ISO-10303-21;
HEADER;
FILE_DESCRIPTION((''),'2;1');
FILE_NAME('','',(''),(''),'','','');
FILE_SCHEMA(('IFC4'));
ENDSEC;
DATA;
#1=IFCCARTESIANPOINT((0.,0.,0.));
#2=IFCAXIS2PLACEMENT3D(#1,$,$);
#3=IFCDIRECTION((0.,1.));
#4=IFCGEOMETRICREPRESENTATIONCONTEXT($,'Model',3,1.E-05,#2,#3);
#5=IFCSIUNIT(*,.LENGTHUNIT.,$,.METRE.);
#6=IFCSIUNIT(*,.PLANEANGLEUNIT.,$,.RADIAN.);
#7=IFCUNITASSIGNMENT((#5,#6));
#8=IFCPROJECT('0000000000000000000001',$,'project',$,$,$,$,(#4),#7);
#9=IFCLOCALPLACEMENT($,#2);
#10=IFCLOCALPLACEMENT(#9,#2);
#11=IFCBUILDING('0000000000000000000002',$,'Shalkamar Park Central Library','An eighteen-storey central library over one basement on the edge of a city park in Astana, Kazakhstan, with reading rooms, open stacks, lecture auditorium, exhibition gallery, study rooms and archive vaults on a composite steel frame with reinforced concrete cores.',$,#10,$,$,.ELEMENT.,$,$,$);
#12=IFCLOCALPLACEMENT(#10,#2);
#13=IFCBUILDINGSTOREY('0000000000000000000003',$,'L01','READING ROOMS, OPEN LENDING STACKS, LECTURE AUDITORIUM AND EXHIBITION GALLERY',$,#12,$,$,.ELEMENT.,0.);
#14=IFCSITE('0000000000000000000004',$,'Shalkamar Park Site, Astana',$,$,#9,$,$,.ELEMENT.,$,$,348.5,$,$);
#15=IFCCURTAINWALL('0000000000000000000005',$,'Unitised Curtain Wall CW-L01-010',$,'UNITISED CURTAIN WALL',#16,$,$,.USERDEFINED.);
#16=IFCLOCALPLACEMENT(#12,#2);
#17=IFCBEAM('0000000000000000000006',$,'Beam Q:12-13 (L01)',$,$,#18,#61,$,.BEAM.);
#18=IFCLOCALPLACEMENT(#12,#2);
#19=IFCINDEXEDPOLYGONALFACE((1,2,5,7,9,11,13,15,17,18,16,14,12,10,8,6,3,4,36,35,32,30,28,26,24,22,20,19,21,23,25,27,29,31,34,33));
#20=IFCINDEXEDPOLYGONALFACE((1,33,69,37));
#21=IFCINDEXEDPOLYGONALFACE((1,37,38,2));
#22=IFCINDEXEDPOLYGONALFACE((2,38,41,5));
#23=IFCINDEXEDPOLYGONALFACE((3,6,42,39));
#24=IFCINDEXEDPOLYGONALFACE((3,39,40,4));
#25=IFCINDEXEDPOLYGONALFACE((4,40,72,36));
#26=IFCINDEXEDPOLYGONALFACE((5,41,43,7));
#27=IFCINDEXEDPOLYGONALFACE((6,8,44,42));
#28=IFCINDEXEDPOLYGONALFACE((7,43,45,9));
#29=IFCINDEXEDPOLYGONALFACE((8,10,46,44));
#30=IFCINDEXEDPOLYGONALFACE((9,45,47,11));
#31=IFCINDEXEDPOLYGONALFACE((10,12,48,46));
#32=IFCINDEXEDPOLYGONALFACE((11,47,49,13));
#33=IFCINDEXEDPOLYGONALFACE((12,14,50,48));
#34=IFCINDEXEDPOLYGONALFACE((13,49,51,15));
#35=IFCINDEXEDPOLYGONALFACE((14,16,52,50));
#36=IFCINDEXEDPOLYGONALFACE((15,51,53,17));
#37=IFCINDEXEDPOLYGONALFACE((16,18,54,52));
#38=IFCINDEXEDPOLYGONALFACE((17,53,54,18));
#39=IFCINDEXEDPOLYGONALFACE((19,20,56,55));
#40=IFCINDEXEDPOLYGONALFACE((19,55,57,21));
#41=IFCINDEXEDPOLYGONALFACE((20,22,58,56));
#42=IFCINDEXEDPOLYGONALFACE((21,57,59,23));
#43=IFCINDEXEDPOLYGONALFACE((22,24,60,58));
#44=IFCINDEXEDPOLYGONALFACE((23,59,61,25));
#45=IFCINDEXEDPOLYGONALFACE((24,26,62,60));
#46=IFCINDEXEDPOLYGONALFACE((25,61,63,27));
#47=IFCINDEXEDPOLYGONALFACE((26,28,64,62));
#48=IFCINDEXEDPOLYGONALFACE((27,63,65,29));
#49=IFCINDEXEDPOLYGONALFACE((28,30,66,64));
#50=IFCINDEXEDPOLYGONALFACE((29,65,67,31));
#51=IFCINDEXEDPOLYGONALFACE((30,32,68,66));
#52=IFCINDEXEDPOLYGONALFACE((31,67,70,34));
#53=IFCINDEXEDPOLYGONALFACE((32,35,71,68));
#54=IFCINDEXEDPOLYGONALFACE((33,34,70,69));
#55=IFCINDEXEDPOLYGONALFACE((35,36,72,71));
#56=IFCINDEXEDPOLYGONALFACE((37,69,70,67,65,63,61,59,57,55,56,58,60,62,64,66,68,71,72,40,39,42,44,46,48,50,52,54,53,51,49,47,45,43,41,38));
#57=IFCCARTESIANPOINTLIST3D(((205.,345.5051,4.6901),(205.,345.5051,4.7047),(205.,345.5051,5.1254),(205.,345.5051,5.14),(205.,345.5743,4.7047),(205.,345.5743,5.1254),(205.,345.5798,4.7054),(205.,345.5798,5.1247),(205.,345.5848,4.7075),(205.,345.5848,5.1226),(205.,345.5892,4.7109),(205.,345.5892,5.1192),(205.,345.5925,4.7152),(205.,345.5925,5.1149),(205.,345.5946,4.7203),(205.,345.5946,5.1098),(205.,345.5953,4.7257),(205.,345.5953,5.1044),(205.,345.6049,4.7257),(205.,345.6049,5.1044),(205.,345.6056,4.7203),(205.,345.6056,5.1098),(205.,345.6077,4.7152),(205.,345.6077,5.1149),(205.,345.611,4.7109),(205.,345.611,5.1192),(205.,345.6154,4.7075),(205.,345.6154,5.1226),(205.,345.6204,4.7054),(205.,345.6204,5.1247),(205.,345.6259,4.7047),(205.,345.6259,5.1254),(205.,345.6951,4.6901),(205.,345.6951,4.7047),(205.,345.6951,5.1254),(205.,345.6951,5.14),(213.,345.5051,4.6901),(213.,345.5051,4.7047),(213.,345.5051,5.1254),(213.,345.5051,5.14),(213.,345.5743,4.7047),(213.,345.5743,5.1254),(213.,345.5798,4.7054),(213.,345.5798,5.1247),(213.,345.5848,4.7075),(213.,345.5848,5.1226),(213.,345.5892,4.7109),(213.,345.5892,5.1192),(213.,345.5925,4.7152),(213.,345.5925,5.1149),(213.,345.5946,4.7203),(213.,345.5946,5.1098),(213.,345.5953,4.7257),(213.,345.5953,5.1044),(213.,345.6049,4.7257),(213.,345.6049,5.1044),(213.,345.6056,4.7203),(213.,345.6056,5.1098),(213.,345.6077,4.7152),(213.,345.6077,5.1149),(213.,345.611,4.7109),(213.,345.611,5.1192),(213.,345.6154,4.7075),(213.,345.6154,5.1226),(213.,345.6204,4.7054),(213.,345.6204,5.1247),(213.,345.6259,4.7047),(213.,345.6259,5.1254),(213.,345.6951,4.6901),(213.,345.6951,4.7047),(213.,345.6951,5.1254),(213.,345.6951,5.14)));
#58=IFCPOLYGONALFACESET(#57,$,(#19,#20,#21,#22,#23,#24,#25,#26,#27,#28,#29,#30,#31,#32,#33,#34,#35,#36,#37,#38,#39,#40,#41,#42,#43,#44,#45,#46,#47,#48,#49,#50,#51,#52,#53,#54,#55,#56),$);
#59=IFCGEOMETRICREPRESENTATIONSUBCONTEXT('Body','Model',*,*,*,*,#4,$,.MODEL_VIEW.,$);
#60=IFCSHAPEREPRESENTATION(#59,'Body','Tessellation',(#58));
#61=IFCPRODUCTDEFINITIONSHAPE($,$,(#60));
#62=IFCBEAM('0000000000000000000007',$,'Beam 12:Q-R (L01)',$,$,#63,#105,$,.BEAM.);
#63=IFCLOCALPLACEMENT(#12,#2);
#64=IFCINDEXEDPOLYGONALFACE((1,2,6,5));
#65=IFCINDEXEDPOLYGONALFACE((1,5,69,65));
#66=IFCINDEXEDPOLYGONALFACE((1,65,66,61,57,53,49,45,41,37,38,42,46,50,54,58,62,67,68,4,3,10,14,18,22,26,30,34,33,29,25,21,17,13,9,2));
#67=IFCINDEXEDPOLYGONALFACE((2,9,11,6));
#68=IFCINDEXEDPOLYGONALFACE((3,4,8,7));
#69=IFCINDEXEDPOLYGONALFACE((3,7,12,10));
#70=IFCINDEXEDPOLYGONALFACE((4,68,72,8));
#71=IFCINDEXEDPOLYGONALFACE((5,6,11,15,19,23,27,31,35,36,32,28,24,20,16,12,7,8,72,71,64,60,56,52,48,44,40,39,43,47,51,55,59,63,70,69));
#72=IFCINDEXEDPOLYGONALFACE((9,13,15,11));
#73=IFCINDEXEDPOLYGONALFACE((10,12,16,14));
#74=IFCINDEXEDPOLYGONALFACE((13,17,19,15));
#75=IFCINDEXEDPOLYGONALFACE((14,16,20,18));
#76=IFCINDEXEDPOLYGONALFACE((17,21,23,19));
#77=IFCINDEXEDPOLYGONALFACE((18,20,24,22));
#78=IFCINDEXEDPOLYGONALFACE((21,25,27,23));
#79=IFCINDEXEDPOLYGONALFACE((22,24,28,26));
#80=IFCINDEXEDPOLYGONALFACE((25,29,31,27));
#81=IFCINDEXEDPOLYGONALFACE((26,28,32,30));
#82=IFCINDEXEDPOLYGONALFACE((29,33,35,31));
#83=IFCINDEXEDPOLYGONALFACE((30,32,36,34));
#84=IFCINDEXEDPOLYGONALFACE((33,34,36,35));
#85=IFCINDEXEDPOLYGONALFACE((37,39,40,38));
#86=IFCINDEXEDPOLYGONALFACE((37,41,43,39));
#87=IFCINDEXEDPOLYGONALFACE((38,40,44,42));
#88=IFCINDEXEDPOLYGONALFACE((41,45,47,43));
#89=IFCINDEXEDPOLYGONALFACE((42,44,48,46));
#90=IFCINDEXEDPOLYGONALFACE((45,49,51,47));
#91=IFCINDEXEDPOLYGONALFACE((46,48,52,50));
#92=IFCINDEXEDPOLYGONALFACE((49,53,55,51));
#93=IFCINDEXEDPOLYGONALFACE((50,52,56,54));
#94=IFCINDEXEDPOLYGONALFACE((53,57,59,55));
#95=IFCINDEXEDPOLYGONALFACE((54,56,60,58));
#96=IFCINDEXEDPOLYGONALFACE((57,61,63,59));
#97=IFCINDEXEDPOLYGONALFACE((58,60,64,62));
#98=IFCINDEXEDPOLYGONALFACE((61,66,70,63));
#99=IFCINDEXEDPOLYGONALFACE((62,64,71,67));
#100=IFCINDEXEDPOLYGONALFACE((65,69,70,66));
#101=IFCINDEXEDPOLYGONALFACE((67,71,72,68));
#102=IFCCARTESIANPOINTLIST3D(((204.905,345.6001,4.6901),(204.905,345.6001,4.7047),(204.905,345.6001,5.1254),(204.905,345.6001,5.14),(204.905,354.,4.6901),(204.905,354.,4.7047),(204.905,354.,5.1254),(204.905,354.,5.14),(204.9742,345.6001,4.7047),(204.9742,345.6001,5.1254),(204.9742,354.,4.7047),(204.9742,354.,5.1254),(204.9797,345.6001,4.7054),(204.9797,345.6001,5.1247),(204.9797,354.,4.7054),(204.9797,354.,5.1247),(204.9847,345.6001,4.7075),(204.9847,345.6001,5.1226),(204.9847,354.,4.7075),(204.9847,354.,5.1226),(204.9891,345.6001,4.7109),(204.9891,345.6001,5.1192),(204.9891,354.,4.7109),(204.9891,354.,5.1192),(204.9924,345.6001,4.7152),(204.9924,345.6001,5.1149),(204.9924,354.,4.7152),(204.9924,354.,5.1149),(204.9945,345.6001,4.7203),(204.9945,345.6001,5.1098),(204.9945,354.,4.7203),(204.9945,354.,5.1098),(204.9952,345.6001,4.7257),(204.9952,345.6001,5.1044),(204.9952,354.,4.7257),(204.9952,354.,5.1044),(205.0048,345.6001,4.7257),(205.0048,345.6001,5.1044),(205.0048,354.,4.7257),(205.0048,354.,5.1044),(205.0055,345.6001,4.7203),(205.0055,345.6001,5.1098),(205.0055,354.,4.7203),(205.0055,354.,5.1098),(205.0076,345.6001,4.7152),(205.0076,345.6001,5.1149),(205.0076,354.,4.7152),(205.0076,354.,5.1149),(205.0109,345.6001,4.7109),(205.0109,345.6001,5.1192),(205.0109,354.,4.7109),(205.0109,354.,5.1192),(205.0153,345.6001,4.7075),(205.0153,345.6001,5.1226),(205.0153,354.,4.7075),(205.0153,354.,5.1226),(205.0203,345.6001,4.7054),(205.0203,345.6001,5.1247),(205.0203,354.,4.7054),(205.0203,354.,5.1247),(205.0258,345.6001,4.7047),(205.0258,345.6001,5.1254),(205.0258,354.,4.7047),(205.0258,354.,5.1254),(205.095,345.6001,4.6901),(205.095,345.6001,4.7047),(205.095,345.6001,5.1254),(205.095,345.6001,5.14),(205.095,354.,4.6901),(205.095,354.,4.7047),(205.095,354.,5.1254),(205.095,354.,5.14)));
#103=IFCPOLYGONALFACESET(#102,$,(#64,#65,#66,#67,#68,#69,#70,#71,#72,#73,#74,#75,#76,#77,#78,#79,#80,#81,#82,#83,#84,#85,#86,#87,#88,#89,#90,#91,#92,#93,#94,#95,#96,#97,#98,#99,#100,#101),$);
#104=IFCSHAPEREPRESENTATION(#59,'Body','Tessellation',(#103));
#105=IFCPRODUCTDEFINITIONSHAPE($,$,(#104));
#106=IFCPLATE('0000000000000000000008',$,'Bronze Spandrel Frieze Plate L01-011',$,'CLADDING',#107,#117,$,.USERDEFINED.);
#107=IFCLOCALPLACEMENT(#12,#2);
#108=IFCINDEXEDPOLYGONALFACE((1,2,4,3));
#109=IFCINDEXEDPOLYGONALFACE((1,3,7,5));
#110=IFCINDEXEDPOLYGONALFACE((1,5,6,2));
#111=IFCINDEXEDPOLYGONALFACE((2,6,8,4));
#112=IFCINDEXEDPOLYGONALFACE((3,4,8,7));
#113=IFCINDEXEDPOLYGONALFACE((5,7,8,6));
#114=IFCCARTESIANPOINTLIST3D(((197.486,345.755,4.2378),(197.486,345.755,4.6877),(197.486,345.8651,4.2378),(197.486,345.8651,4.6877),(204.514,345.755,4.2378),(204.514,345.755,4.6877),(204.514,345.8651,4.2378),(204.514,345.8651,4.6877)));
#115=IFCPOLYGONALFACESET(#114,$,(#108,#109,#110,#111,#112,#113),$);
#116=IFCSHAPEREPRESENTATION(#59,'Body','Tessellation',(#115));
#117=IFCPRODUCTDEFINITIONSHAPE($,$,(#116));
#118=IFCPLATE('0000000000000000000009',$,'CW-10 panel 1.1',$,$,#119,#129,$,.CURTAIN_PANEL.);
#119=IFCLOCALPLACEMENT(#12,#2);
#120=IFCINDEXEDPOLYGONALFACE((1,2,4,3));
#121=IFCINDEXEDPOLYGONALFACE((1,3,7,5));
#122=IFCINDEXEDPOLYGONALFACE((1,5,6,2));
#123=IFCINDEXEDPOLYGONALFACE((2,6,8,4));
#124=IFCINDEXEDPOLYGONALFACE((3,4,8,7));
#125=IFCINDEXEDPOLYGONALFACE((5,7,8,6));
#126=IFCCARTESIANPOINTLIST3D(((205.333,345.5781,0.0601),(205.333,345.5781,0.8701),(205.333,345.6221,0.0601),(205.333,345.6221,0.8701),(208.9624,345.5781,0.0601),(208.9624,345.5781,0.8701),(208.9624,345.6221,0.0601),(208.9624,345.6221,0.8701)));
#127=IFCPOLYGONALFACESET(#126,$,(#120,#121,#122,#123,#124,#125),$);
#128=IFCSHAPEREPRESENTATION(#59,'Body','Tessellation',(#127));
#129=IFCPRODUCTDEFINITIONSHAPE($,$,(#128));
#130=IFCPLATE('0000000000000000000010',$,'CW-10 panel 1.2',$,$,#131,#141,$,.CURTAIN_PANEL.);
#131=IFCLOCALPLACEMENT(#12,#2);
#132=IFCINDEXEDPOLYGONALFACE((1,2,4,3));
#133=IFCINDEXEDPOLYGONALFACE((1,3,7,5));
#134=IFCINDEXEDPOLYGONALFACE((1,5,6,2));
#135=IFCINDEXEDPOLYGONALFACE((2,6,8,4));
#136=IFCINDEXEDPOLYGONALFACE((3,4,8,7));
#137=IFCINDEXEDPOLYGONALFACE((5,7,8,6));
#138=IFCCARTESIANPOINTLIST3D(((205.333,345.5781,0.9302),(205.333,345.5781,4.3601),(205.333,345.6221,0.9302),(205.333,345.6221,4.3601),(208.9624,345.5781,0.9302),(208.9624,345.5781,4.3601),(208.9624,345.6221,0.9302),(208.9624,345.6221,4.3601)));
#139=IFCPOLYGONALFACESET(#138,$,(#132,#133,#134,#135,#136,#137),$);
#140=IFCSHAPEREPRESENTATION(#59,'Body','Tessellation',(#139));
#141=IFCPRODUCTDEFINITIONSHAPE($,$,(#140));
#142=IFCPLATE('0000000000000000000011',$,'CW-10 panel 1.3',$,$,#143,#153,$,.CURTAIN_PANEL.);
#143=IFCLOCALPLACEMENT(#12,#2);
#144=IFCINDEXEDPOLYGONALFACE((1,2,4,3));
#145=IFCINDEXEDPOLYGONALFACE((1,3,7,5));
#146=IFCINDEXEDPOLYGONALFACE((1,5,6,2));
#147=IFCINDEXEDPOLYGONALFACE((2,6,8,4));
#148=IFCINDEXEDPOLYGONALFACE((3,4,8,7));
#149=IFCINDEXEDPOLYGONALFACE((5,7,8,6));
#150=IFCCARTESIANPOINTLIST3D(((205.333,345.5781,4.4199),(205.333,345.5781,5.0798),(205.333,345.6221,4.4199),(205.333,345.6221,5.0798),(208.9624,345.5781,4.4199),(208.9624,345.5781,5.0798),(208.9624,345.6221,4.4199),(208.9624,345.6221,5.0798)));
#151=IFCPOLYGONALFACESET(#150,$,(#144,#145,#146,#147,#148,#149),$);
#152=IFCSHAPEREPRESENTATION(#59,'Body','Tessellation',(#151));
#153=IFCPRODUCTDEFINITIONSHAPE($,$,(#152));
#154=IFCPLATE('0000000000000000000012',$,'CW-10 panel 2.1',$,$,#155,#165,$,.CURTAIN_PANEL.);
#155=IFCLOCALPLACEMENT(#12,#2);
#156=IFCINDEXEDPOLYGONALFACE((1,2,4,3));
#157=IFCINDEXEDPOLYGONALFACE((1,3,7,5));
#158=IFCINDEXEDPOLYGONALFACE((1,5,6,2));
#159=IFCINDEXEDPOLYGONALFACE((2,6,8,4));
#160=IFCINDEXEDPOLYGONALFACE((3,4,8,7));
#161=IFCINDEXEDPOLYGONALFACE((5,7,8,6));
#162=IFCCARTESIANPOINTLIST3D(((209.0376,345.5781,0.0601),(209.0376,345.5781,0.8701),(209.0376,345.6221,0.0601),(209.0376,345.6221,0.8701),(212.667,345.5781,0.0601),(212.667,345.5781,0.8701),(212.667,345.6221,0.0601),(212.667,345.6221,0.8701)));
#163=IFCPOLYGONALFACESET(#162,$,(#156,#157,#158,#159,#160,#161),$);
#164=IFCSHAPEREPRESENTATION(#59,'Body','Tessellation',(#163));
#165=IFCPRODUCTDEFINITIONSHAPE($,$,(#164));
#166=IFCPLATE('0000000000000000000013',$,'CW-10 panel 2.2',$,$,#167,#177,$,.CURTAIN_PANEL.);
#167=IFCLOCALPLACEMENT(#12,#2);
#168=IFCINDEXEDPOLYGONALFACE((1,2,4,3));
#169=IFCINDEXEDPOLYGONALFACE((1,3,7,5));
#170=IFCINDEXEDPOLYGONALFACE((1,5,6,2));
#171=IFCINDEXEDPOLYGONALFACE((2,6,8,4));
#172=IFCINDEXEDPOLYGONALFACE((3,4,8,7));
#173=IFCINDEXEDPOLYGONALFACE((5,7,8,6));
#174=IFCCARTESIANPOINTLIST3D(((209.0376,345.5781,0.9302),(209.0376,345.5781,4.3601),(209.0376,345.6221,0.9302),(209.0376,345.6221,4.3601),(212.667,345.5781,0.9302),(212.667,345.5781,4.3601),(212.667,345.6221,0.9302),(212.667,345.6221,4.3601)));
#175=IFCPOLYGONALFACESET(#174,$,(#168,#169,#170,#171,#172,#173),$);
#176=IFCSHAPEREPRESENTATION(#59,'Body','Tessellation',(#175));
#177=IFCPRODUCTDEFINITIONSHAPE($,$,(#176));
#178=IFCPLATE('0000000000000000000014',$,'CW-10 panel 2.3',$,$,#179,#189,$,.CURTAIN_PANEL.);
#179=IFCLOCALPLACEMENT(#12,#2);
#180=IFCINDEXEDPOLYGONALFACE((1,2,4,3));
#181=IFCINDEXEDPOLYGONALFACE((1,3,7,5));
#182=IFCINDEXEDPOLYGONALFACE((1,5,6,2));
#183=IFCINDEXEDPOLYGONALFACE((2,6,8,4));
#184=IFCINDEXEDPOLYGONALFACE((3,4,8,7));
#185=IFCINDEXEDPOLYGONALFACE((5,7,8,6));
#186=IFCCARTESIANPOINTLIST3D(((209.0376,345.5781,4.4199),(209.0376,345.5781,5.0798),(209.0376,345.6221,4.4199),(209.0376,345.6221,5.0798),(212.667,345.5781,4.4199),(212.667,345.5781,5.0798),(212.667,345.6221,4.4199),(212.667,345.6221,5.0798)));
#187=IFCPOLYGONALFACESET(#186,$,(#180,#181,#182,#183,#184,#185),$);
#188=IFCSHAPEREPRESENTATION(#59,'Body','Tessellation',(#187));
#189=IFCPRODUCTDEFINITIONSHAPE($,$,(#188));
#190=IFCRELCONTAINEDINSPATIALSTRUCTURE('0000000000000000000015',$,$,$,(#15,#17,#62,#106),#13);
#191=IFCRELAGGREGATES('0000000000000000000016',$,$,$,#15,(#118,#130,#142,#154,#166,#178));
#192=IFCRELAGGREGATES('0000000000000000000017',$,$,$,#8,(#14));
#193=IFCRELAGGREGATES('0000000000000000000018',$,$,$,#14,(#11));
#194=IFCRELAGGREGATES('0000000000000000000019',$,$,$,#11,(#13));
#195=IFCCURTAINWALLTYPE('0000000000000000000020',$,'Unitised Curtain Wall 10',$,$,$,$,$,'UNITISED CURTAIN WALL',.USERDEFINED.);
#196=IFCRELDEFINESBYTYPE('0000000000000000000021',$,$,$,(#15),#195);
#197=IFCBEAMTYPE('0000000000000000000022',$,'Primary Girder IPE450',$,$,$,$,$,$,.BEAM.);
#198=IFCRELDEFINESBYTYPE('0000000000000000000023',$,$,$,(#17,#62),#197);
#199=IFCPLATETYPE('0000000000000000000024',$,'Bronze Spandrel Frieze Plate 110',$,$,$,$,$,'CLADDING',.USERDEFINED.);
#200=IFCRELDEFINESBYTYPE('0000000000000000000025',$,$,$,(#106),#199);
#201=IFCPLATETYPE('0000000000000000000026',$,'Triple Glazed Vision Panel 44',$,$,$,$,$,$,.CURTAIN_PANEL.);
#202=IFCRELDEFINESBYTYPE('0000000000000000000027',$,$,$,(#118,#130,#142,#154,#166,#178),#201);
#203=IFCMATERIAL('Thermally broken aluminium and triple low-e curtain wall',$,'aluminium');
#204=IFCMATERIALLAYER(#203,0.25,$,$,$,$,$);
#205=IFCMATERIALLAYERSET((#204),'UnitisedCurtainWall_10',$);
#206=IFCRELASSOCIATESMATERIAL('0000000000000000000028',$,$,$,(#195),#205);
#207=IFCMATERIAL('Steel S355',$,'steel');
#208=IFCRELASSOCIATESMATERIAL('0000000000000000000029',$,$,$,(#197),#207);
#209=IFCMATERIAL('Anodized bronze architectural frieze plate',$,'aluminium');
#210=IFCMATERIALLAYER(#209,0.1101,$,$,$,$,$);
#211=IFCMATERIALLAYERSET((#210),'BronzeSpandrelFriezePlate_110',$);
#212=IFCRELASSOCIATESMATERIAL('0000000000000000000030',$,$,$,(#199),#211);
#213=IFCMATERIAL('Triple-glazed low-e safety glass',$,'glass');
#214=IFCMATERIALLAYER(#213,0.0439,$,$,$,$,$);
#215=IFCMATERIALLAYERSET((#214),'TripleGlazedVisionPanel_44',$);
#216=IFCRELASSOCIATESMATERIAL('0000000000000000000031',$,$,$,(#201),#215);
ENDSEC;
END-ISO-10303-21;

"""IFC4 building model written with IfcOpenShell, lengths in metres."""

from ifc_helpers import new_model, si_unit, direction, frame, origin, origin_2d, place, context, subcontext, project, spatial, rectangle, i_section, extrude, material, layer, layer_set, material_profile, profile_set, type_object, element, aggregate, save


model = new_model("IFC4")

# Units and contexts
model_context = context("Model", 3, precision=1e-05, world=origin(), true_north=direction((0.0, 1.0)))
body_context = subcontext(model_context, "Body", "Model", "MODEL_VIEW")
ifc_project = project(units=[si_unit("LENGTHUNIT", "METRE"), si_unit("PLANEANGLEUNIT", "RADIAN")], contexts=[model_context])

# Site, building, storey
site_placement = place(None, origin())
site = spatial("IfcSite", under=ifc_project, at=site_placement, Name="Shalkamar Park Site, Astana", CompositionType="ELEMENT", RefElevation=348.5)
building_placement = place(site_placement, origin())
building = spatial("IfcBuilding", under=site, at=building_placement, Name="Shalkamar Park Central Library", Description="An eighteen-storey central library over one basement on the edge of a city park in Astana, Kazakhstan, with reading rooms, open stacks, lecture auditorium, exhibition gallery, study rooms and archive vaults on a composite steel frame with reinforced concrete cores.", CompositionType="ELEMENT")
storey_placement = place(building_placement, origin())
storey = spatial("IfcBuildingStorey", under=building, at=storey_placement, Name="L01", Description="READING ROOMS, OPEN LENDING STACKS, LECTURE AUDITORIUM AND EXHIBITION GALLERY", CompositionType="ELEMENT", Elevation=0.0)

# Shared definitions
ifc_material_1 = material(Name="Steel S355", Category="steel")

# Curtain wall
ifc_material_2 = material(Name="Thermally broken aluminium and triple low-e curtain wall", Category="aluminium")
ifc_layer_1 = layer(ifc_material_2, 0.25)
ifc_layer_set_1 = layer_set([ifc_layer_1], Name="UnitisedCurtainWall_10")
curtain_wall_type = type_object("IfcCurtainWallType", Name="Unitised Curtain Wall 10", ElementType="UNITISED CURTAIN WALL", PredefinedType="USERDEFINED", material=ifc_layer_set_1)
curtain_wall_placement = place(storey_placement, origin())
curtain_wall = element("IfcCurtainWall", 1, at=curtain_wall_placement, inside=storey, type_object=curtain_wall_type, Name="Unitised Curtain Wall CW-L01-010", ObjectType="UNITISED CURTAIN WALL", PredefinedType="USERDEFINED")

# Beams
ifc_material_profile_1 = material_profile(ifc_material_1, i_section(OverallWidth=0.1899, OverallDepth=0.45, WebThickness=0.0095, FlangeThickness=0.0146, FilletRadius=0.021, at=origin_2d()), Name="IPE 450")
ifc_profile_set_1 = profile_set([ifc_material_profile_1], Name="Steel S355")
beam_type_1 = type_object("IfcBeamType", Name="Primary Girder IPE450", PredefinedType="BEAM", material=ifc_profile_set_1)
beam_1_placement = place(storey_placement, frame((205.0, 345.6001, 4.915), z_axis=(1.0, 0.0, 0.0), x_axis=(0.0, 1.0, 0.0)))
element("IfcBeam", 2, at=beam_1_placement, inside=storey, type_object=beam_type_1, Name="Beam Q:12-13 (L01)", PredefinedType="BEAM", context=body_context, shape_type="SweptSolid", body=[
    extrude(i_section(OverallWidth=0.1899, OverallDepth=0.45, WebThickness=0.0095, FlangeThickness=0.0146, FilletRadius=0.021, at=origin_2d()), origin(), (0.0, 0.0, 1.0), 8.0),
])
beam_2_placement = place(storey_placement, frame((205.0, 345.6001, 4.915), z_axis=(0.0, 1.0, 0.0), x_axis=(-1.0, 0.0, 0.0)))
element("IfcBeam", 3, at=beam_2_placement, inside=storey, type_object=beam_type_1, Name="Beam 12:Q-R (L01)", PredefinedType="BEAM", context=body_context, shape_type="SweptSolid", body=[
    extrude(i_section(OverallWidth=0.1899, OverallDepth=0.45, WebThickness=0.0095, FlangeThickness=0.0146, FilletRadius=0.021, at=origin_2d()), origin(), (0.0, 0.0, 1.0), 8.3999),
])

# Plates
ifc_material_3 = material(Name="Anodized bronze architectural frieze plate", Category="aluminium")
ifc_layer_2 = layer(ifc_material_3, 0.1101)
ifc_layer_set_2 = layer_set([ifc_layer_2], Name="BronzeSpandrelFriezePlate_110")
plate_type_1 = type_object("IfcPlateType", Name="Bronze Spandrel Frieze Plate 110", ElementType="CLADDING", PredefinedType="USERDEFINED", material=ifc_layer_set_2)
plate_1_placement = place(storey_placement, frame((201.0, 345.8101, 4.2378), z_axis=(0.0, 0.0, 1.0), x_axis=(1.0, 0.0, 0.0)))
element("IfcPlate", 4, at=plate_1_placement, inside=storey, type_object=plate_type_1, Name="Bronze Spandrel Frieze Plate L01-011", ObjectType="CLADDING", PredefinedType="USERDEFINED", context=body_context, shape_type="SweptSolid", body=[
    extrude(rectangle(XDim=7.0281, YDim=0.1101, at=origin_2d()), origin(), (0.0, 0.0, 1.0), 0.45),
])
ifc_material_4 = material(Name="Triple-glazed low-e safety glass", Category="glass")
ifc_layer_3 = layer(ifc_material_4, 0.0439)
ifc_layer_set_3 = layer_set([ifc_layer_3], Name="TripleGlazedVisionPanel_44")
plate_type_2 = type_object("IfcPlateType", Name="Triple Glazed Vision Panel 44", PredefinedType="CURTAIN_PANEL", material=ifc_layer_set_3)
plate_2_placement = place(storey_placement, frame((207.1477, 345.6001, 0.0601), z_axis=(0.0, 0.0, 1.0), x_axis=(1.0, 0.0, 0.0)))
plate_2 = element("IfcPlate", 5, at=plate_2_placement, type_object=plate_type_2, Name="CW-10 panel 1.1", PredefinedType="CURTAIN_PANEL", context=body_context, shape_type="SweptSolid", body=[
    extrude(rectangle(XDim=3.6294, YDim=0.0439, at=origin_2d()), origin(), (0.0, 0.0, 1.0), 0.8101),
])
plate_3_placement = place(storey_placement, frame((207.1477, 345.6001, 0.9302), z_axis=(0.0, 0.0, 1.0), x_axis=(1.0, 0.0, 0.0)))
plate_3 = element("IfcPlate", 6, at=plate_3_placement, type_object=plate_type_2, Name="CW-10 panel 1.2", PredefinedType="CURTAIN_PANEL", context=body_context, shape_type="SweptSolid", body=[
    extrude(rectangle(XDim=3.6294, YDim=0.0439, at=origin_2d()), origin(), (0.0, 0.0, 1.0), 3.4299),
])
plate_4_placement = place(storey_placement, frame((207.1477, 345.6001, 4.4199), z_axis=(0.0, 0.0, 1.0), x_axis=(1.0, 0.0, 0.0)))
plate_4 = element("IfcPlate", 7, at=plate_4_placement, type_object=plate_type_2, Name="CW-10 panel 1.3", PredefinedType="CURTAIN_PANEL", context=body_context, shape_type="SweptSolid", body=[
    extrude(rectangle(XDim=3.6294, YDim=0.0439, at=origin_2d()), origin(), (0.0, 0.0, 1.0), 0.6599),
])
plate_5_placement = place(storey_placement, frame((210.8523, 345.6001, 0.0601), z_axis=(0.0, 0.0, 1.0), x_axis=(1.0, 0.0, 0.0)))
plate_5 = element("IfcPlate", 8, at=plate_5_placement, type_object=plate_type_2, Name="CW-10 panel 2.1", PredefinedType="CURTAIN_PANEL", context=body_context, shape_type="SweptSolid", body=[
    extrude(rectangle(XDim=3.6294, YDim=0.0439, at=origin_2d()), origin(), (0.0, 0.0, 1.0), 0.8101),
])
plate_6_placement = place(storey_placement, frame((210.8523, 345.6001, 0.9302), z_axis=(0.0, 0.0, 1.0), x_axis=(1.0, 0.0, 0.0)))
plate_6 = element("IfcPlate", 9, at=plate_6_placement, type_object=plate_type_2, Name="CW-10 panel 2.2", PredefinedType="CURTAIN_PANEL", context=body_context, shape_type="SweptSolid", body=[
    extrude(rectangle(XDim=3.6294, YDim=0.0439, at=origin_2d()), origin(), (0.0, 0.0, 1.0), 3.4299),
])
plate_7_placement = place(storey_placement, frame((210.8523, 345.6001, 4.4199), z_axis=(0.0, 0.0, 1.0), x_axis=(1.0, 0.0, 0.0)))
plate_7 = element("IfcPlate", 10, at=plate_7_placement, type_object=plate_type_2, Name="CW-10 panel 2.3", PredefinedType="CURTAIN_PANEL", context=body_context, shape_type="SweptSolid", body=[
    extrude(rectangle(XDim=3.6294, YDim=0.0439, at=origin_2d()), origin(), (0.0, 0.0, 1.0), 0.6599),
])
aggregate(curtain_wall, [plate_2, plate_3, plate_4, plate_5, plate_6, plate_7])

save(model, "model.ifc")
